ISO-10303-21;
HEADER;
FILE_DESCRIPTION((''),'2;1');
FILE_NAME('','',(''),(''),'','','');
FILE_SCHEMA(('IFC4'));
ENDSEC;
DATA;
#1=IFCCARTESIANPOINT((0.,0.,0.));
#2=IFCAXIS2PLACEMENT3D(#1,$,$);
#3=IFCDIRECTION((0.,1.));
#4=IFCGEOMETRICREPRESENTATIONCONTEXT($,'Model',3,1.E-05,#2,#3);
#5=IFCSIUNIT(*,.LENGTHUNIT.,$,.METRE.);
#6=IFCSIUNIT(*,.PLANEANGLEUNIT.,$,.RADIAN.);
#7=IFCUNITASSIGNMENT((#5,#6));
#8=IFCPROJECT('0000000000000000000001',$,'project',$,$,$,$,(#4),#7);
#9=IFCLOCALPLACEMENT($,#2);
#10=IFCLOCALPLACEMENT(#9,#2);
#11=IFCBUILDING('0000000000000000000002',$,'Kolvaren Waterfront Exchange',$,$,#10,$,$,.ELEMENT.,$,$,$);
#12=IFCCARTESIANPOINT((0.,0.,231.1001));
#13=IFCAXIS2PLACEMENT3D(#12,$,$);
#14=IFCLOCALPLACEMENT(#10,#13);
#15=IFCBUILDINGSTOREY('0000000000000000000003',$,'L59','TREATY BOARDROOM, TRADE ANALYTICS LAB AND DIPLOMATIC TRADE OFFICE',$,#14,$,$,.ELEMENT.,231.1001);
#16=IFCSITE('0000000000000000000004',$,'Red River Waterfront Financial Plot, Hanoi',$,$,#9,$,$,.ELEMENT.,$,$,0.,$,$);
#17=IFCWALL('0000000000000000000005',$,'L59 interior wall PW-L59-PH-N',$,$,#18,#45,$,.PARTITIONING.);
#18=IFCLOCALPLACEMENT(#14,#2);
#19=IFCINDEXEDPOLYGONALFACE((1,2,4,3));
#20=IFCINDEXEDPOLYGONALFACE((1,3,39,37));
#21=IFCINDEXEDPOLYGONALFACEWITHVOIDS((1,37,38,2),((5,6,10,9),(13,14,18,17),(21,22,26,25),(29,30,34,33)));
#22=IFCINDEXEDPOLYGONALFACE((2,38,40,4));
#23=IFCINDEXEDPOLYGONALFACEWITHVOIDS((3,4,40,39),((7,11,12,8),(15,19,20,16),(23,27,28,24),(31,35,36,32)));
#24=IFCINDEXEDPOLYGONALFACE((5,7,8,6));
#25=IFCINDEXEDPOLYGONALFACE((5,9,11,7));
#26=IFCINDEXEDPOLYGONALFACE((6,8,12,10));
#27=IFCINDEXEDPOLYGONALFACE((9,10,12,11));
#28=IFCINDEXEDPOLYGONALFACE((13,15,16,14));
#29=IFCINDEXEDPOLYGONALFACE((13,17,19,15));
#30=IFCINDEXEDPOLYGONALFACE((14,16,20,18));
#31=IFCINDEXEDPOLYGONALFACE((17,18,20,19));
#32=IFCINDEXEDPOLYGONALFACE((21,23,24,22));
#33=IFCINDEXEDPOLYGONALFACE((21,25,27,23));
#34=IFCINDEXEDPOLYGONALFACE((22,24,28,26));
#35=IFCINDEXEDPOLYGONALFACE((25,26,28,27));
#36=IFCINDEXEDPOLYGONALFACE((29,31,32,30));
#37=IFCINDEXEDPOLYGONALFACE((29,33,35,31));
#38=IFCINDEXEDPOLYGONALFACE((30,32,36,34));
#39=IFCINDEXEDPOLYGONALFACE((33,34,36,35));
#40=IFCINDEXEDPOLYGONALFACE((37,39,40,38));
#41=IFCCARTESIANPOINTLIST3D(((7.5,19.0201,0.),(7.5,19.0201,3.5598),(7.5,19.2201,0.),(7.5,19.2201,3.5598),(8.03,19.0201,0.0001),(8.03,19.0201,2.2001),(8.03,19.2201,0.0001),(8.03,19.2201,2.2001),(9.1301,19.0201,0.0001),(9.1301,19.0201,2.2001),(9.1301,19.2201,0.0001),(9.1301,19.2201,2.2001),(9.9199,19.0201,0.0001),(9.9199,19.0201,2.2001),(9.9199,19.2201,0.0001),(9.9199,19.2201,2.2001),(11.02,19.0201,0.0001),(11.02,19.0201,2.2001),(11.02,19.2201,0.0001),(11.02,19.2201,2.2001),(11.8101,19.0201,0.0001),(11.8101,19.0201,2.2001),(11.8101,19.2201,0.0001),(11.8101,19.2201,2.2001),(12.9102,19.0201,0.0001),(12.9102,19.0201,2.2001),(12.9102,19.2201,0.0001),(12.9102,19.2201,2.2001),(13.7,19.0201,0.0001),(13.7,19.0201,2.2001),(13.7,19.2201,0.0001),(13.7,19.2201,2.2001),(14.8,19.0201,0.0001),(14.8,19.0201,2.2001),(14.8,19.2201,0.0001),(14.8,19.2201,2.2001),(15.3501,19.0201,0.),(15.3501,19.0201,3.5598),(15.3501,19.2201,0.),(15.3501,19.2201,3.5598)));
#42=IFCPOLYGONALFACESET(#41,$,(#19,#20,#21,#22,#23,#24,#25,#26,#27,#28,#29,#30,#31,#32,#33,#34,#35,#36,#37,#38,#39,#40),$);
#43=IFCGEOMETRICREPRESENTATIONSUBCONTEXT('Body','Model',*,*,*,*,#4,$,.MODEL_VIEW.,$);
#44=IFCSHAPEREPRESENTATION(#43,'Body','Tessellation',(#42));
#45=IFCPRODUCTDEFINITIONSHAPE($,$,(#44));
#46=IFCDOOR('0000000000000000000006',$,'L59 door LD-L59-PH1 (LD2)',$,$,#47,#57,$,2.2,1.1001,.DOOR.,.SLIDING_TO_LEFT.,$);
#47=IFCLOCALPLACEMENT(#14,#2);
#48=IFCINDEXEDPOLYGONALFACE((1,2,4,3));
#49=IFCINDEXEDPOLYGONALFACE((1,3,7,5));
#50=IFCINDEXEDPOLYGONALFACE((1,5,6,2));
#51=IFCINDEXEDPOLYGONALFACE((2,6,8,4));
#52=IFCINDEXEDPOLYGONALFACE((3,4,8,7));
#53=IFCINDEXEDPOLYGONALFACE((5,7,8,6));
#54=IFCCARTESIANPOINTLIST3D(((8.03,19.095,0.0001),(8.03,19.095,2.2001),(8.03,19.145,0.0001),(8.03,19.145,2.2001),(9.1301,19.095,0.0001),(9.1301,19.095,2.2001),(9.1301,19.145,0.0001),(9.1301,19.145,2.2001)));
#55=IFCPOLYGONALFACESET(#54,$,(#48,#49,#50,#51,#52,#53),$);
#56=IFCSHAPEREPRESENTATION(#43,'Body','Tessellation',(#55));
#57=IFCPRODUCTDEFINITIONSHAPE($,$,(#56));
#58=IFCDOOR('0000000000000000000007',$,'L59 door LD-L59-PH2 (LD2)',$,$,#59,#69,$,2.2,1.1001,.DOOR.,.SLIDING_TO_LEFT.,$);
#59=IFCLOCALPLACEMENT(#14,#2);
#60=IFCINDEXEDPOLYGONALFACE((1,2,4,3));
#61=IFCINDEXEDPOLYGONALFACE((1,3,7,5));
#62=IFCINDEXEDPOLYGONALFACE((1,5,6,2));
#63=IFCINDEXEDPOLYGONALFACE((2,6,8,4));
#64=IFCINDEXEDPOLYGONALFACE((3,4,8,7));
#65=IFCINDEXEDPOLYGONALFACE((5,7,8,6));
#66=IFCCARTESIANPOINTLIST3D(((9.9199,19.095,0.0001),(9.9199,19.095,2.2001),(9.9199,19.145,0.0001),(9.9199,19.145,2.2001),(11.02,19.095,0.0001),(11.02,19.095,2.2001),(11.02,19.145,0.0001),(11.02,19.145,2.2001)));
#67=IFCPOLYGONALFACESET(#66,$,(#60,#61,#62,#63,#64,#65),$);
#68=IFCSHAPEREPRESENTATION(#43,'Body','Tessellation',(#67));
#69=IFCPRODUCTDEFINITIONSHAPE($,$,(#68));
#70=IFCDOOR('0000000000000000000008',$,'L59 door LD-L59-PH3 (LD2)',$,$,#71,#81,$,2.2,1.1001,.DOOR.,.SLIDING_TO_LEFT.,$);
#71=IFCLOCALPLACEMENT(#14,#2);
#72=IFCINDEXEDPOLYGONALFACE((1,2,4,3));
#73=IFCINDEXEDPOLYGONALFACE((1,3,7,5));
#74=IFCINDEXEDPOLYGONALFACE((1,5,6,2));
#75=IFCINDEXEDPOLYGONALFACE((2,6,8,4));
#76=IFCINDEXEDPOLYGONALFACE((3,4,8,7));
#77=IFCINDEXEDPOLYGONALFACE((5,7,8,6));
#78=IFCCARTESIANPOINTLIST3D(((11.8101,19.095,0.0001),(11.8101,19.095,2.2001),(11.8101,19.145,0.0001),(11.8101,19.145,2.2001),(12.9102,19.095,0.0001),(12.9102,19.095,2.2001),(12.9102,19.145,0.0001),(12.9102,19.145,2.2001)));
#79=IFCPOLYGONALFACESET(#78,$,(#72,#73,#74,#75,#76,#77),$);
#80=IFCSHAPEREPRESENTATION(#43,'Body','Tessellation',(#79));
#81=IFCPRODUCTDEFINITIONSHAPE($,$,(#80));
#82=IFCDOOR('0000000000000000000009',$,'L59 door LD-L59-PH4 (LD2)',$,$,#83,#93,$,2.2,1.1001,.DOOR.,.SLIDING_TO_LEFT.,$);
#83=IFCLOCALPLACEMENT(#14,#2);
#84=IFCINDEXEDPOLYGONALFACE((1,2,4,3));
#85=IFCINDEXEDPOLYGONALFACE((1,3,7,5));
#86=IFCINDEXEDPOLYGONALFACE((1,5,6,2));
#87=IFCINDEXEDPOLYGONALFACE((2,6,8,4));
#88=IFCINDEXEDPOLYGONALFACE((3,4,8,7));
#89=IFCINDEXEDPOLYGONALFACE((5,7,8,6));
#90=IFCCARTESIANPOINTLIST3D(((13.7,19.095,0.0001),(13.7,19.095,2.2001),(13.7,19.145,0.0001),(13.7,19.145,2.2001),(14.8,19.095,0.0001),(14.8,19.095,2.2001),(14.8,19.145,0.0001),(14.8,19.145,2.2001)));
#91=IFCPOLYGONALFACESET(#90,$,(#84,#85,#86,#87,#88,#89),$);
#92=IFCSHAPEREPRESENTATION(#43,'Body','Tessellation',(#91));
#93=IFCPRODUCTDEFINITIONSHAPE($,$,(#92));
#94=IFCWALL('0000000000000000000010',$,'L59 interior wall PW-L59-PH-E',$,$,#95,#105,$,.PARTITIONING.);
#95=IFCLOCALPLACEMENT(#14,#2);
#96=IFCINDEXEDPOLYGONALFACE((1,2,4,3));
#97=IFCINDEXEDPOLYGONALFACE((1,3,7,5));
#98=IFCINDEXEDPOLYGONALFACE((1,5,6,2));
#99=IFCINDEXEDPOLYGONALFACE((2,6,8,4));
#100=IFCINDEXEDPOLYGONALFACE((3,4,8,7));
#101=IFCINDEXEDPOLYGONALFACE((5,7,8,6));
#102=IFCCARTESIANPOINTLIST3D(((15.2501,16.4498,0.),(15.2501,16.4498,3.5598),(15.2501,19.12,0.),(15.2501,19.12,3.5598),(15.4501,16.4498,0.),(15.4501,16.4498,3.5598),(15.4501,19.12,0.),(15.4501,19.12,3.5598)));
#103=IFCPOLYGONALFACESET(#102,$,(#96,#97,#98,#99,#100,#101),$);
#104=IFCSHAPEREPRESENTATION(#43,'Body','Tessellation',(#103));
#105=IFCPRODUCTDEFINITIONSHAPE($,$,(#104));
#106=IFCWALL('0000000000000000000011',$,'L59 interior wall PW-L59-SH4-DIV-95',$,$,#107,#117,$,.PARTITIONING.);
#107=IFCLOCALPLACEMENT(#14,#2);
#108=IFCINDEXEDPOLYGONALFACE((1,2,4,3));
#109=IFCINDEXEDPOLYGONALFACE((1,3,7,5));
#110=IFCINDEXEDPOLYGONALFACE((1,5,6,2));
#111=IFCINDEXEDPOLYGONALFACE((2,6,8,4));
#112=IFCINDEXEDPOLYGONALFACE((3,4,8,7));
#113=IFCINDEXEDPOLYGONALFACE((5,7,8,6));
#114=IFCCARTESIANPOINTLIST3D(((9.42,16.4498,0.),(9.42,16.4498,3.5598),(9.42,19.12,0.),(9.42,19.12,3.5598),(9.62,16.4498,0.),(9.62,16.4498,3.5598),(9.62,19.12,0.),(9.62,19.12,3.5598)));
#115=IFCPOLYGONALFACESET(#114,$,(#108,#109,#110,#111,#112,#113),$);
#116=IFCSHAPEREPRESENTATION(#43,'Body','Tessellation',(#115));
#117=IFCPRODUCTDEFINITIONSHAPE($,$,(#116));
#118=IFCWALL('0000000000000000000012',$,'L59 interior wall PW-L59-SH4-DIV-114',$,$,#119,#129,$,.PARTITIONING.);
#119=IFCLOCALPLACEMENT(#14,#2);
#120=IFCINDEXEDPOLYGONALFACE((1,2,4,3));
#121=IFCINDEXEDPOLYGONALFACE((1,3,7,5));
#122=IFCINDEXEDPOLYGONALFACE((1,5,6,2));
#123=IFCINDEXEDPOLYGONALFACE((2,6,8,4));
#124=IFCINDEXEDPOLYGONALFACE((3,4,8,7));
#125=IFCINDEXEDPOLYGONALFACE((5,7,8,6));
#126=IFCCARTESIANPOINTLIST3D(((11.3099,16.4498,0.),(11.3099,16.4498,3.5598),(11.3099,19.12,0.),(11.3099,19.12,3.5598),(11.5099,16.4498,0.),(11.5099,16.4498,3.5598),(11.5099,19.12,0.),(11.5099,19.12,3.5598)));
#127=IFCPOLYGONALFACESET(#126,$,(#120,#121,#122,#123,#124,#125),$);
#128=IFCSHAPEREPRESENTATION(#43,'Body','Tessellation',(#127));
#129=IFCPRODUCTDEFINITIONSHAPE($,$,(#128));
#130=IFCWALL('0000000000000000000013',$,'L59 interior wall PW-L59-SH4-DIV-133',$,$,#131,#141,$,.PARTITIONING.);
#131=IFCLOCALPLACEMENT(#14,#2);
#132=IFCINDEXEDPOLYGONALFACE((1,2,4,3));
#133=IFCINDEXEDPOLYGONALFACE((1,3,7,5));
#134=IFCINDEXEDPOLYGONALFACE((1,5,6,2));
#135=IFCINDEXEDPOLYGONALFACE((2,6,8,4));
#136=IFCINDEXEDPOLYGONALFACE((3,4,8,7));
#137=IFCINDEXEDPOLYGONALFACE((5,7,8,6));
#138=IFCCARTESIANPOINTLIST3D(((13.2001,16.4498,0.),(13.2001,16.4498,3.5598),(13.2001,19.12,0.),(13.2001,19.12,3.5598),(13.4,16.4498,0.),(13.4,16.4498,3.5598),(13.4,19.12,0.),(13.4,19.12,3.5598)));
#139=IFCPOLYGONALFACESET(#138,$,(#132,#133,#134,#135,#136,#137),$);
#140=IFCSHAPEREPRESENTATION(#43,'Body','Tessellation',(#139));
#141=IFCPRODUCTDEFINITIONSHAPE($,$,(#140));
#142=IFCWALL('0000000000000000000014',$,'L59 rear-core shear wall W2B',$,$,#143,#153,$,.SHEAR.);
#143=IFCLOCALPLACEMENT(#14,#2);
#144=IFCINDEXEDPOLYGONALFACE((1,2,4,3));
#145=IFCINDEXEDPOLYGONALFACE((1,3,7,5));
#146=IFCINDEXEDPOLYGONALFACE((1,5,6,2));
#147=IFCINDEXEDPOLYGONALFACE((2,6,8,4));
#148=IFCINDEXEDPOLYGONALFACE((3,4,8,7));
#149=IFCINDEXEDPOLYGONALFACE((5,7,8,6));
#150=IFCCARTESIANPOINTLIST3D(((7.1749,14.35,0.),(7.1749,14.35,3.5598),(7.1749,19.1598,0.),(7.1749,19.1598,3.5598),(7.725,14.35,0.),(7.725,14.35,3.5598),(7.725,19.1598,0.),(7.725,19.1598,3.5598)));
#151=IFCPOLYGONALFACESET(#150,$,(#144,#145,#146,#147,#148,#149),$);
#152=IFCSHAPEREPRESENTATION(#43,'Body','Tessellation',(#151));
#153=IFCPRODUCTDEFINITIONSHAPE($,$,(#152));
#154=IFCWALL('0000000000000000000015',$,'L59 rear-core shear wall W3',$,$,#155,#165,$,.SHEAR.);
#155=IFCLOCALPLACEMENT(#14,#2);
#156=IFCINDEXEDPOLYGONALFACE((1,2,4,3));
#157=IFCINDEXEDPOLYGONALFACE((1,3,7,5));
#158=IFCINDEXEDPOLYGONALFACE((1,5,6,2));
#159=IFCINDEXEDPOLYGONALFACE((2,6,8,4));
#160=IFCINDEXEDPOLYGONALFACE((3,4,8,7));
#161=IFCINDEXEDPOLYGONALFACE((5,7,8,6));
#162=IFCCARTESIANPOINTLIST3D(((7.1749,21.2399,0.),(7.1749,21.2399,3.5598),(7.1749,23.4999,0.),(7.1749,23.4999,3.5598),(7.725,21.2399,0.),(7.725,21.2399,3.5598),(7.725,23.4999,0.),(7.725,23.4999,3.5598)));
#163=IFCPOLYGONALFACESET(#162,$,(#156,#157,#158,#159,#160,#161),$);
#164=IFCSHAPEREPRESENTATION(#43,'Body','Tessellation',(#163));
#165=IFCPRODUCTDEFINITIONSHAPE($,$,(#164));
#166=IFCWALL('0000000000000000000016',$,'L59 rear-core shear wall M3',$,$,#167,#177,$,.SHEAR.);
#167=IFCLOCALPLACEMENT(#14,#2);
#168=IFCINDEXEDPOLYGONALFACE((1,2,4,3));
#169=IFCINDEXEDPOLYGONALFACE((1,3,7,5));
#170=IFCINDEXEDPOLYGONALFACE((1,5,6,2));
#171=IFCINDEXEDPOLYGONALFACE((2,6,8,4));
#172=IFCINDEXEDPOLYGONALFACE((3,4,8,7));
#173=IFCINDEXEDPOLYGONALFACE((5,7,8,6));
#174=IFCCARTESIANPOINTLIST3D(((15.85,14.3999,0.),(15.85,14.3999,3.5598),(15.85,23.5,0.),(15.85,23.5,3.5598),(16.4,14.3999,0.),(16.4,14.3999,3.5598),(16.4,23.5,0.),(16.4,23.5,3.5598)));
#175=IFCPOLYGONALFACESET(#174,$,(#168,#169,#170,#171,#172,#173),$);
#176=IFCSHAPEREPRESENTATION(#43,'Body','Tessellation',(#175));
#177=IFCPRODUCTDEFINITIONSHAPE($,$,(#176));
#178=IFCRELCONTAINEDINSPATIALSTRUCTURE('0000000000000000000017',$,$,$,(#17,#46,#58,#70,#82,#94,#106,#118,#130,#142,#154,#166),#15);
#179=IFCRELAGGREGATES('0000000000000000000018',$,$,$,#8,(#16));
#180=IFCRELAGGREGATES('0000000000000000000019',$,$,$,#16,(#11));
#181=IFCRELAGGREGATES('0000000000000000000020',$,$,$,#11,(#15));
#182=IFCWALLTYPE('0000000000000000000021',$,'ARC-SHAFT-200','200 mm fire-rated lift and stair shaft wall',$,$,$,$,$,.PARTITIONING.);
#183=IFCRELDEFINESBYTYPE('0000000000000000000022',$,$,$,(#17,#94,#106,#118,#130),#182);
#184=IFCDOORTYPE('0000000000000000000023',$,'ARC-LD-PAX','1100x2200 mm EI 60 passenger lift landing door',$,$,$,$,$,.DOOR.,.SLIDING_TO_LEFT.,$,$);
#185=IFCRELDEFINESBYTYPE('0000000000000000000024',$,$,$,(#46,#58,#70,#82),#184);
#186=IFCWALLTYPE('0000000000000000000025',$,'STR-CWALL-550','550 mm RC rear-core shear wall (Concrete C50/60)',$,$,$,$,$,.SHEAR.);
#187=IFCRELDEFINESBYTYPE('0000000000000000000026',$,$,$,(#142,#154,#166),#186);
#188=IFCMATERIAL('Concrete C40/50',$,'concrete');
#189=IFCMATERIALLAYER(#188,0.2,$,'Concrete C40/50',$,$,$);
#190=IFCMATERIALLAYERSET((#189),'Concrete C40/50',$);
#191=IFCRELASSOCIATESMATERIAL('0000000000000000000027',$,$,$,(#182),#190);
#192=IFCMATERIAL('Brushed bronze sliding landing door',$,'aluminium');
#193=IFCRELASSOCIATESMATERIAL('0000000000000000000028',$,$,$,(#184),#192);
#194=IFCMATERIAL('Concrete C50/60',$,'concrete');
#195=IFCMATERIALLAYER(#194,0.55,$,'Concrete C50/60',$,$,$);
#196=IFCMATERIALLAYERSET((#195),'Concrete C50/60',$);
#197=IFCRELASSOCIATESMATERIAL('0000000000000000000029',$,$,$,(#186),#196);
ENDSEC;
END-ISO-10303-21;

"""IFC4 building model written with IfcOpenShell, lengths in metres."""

from ifc_helpers import new_model, si_unit, direction, frame, frame_2d, origin, place, context, subcontext, project, spatial, rectangle, extrude, material, layer, layer_set, type_object, element, fill, save


model = new_model("IFC4")

# Units and contexts
model_context = context("Model", 3, precision=1e-05, world=origin(), true_north=direction((0.0, 1.0)))
body_context = subcontext(model_context, "Body", "Model", "MODEL_VIEW")
ifc_project = project(units=[si_unit("LENGTHUNIT", "METRE"), si_unit("PLANEANGLEUNIT", "RADIAN")], contexts=[model_context])

# Site, building, storey
site_placement = place(None, origin())
site = spatial("IfcSite", under=ifc_project, at=site_placement, Name="Red River Waterfront Financial Plot, Hanoi", CompositionType="ELEMENT", RefElevation=0.0)
building_placement = place(site_placement, origin())
building = spatial("IfcBuilding", under=site, at=building_placement, Name="Kolvaren Waterfront Exchange", CompositionType="ELEMENT")
storey_placement = place(building_placement, frame((0.0, 0.0, 231.1001)))
storey = spatial("IfcBuildingStorey", under=building, at=storey_placement, Name="L59", Description="TREATY BOARDROOM, TRADE ANALYTICS LAB AND DIPLOMATIC TRADE OFFICE", CompositionType="ELEMENT", Elevation=231.1001)

# Shared definitions
ifc_material_1 = material(Name="Concrete C40/50", Category="concrete")
ifc_layer_1 = layer(ifc_material_1, 0.2, Name="Concrete C40/50")
ifc_layer_set_1 = layer_set([ifc_layer_1], Name="Concrete C40/50")
wall_type_1 = type_object("IfcWallType", Name="ARC-SHAFT-200", Description="200 mm fire-rated lift and stair shaft wall", PredefinedType="PARTITIONING", material=ifc_layer_set_1)

# Wall, openings, doors
wall_1_placement = place(storey_placement, frame((7.5, 19.1201, 0.0), z_axis=(0.0, 0.0, 1.0), x_axis=(1.0, 0.0, 0.0)))
wall_1 = element("IfcWall", 1, at=wall_1_placement, inside=storey, type_object=wall_type_1, Name="L59 interior wall PW-L59-PH-N", PredefinedType="PARTITIONING", context=body_context, shape_type="SweptSolid", body=[
    extrude(rectangle(XDim=7.8501, YDim=0.2, at=frame_2d((3.925, 0.0))), origin(), (0.0, 0.0, 1.0), 3.5598),
])
opening_1_placement = place(wall_1_placement, frame((0.53, 0.0, 0.0)))
opening_1 = element("IfcOpeningElement", 2, at=opening_1_placement, cuts=wall_1, PredefinedType="OPENING", context=body_context, shape_type="SweptSolid", body=[
    extrude(rectangle(XDim=1.1001, YDim=2.2, at=frame_2d((0.55, 1.1001))), frame((0.0, 0.1099, 0.0), z_axis=(0.0, -1.0, 0.0), x_axis=(1.0, 0.0, 0.0)), (0.0, 0.0, 1.0), 0.22),
])
opening_2_placement = place(wall_1_placement, frame((2.4199, 0.0, 0.0)))
opening_2 = element("IfcOpeningElement", 3, at=opening_2_placement, cuts=wall_1, PredefinedType="OPENING", context=body_context, shape_type="SweptSolid", body=[
    extrude(rectangle(XDim=1.1001, YDim=2.2, at=frame_2d((0.55, 1.1001))), frame((0.0, 0.1099, 0.0), z_axis=(0.0, -1.0, 0.0), x_axis=(1.0, 0.0, 0.0)), (0.0, 0.0, 1.0), 0.22),
])
opening_3_placement = place(wall_1_placement, frame((4.3101, 0.0, 0.0)))
opening_3 = element("IfcOpeningElement", 4, at=opening_3_placement, cuts=wall_1, PredefinedType="OPENING", context=body_context, shape_type="SweptSolid", body=[
    extrude(rectangle(XDim=1.1001, YDim=2.2, at=frame_2d((0.55, 1.1001))), frame((0.0, 0.1099, 0.0), z_axis=(0.0, -1.0, 0.0), x_axis=(1.0, 0.0, 0.0)), (0.0, 0.0, 1.0), 0.22),
])
opening_4_placement = place(wall_1_placement, frame((6.2, 0.0, 0.0)))
opening_4 = element("IfcOpeningElement", 5, at=opening_4_placement, cuts=wall_1, PredefinedType="OPENING", context=body_context, shape_type="SweptSolid", body=[
    extrude(rectangle(XDim=1.1001, YDim=2.2, at=frame_2d((0.55, 1.1001))), frame((0.0, 0.1099, 0.0), z_axis=(0.0, -1.0, 0.0), x_axis=(1.0, 0.0, 0.0)), (0.0, 0.0, 1.0), 0.22),
])
ifc_material_2 = material(Name="Brushed bronze sliding landing door", Category="aluminium")
door_type_1 = type_object("IfcDoorType", Name="ARC-LD-PAX", Description="1100x2200 mm EI 60 passenger lift landing door", OperationType="SLIDING_TO_LEFT", PredefinedType="DOOR", material=ifc_material_2)
door_1_placement = place(opening_1_placement, origin())
door_1 = element("IfcDoor", 6, at=door_1_placement, inside=storey, type_object=door_type_1, Name="L59 door LD-L59-PH1 (LD2)", OperationType="SLIDING_TO_LEFT", OverallHeight=2.2, OverallWidth=1.1001, PredefinedType="DOOR", context=body_context, shape_type="SweptSolid", body=[
    extrude(rectangle(XDim=1.1001, YDim=2.2, at=frame_2d((0.55, 1.1001))), frame((0.0, 0.0249, 0.0), z_axis=(0.0, -1.0, 0.0), x_axis=(1.0, 0.0, 0.0)), (0.0, 0.0, 1.0), 0.05),
])
fill(opening_1, door_1)
door_2_placement = place(opening_2_placement, origin())
door_2 = element("IfcDoor", 7, at=door_2_placement, inside=storey, type_object=door_type_1, Name="L59 door LD-L59-PH2 (LD2)", OperationType="SLIDING_TO_LEFT", OverallHeight=2.2, OverallWidth=1.1001, PredefinedType="DOOR", context=body_context, shape_type="SweptSolid", body=[
    extrude(rectangle(XDim=1.1001, YDim=2.2, at=frame_2d((0.55, 1.1001))), frame((0.0, 0.0249, 0.0), z_axis=(0.0, -1.0, 0.0), x_axis=(1.0, 0.0, 0.0)), (0.0, 0.0, 1.0), 0.05),
])
fill(opening_2, door_2)
door_3_placement = place(opening_3_placement, origin())
door_3 = element("IfcDoor", 8, at=door_3_placement, inside=storey, type_object=door_type_1, Name="L59 door LD-L59-PH3 (LD2)", OperationType="SLIDING_TO_LEFT", OverallHeight=2.2, OverallWidth=1.1001, PredefinedType="DOOR", context=body_context, shape_type="SweptSolid", body=[
    extrude(rectangle(XDim=1.1001, YDim=2.2, at=frame_2d((0.55, 1.1001))), frame((0.0, 0.0249, 0.0), z_axis=(0.0, -1.0, 0.0), x_axis=(1.0, 0.0, 0.0)), (0.0, 0.0, 1.0), 0.05),
])
fill(opening_3, door_3)
door_4_placement = place(opening_4_placement, origin())
door_4 = element("IfcDoor", 9, at=door_4_placement, inside=storey, type_object=door_type_1, Name="L59 door LD-L59-PH4 (LD2)", OperationType="SLIDING_TO_LEFT", OverallHeight=2.2, OverallWidth=1.1001, PredefinedType="DOOR", context=body_context, shape_type="SweptSolid", body=[
    extrude(rectangle(XDim=1.1001, YDim=2.2, at=frame_2d((0.55, 1.1001))), frame((0.0, 0.0249, 0.0), z_axis=(0.0, -1.0, 0.0), x_axis=(1.0, 0.0, 0.0)), (0.0, 0.0, 1.0), 0.05),
])
fill(opening_4, door_4)

# Walls
for number, where, z_axis, x_axis, name in (
    (10, (15.3501, 16.45, 0.0), (0.0, 0.0, 1.0), (0.0, 1.0, 0.0), "L59 interior wall PW-L59-PH-E"),
    (11, (9.52, 16.45, 0.0), (0.0, 0.0, 1.0), (0.0, 1.0, 0.0), "L59 interior wall PW-L59-SH4-DIV-95"),
    (12, (11.4099, 16.45, 0.0), (0.0, 0.0, 1.0), (0.0, 1.0, 0.0), "L59 interior wall PW-L59-SH4-DIV-114"),
    (13, (13.3, 16.45, 0.0), (0.0, 0.0, 1.0), (0.0, 1.0, 0.0), "L59 interior wall PW-L59-SH4-DIV-133"),
):
    element("IfcWall", number, at=place(storey_placement, frame(where, z_axis=z_axis, x_axis=x_axis)), inside=storey, type_object=wall_type_1, Name=name, PredefinedType="PARTITIONING", context=body_context, shape_type="SweptSolid", body=[
        extrude(rectangle(XDim=2.6702, YDim=0.2, at=frame_2d((1.335, 0.0))), origin(), (0.0, 0.0, 1.0), 3.5598),
    ])
ifc_material_3 = material(Name="Concrete C50/60", Category="concrete")
ifc_layer_2 = layer(ifc_material_3, 0.55, Name="Concrete C50/60")
ifc_layer_set_2 = layer_set([ifc_layer_2], Name="Concrete C50/60")
wall_type_2 = type_object("IfcWallType", Name="STR-CWALL-550", Description="550 mm RC rear-core shear wall (Concrete C50/60)", PredefinedType="SHEAR", material=ifc_layer_set_2)
wall_2_placement = place(storey_placement, frame((7.45, 14.3501, 0.0), z_axis=(0.0, 0.0, 1.0), x_axis=(0.0, 1.0, 0.0)))
element("IfcWall", 14, at=wall_2_placement, inside=storey, type_object=wall_type_2, Name="L59 rear-core shear wall W2B", PredefinedType="SHEAR", context=body_context, shape_type="SweptSolid", body=[
    extrude(rectangle(XDim=4.8098, YDim=0.55, at=frame_2d((2.4048, 0.0))), origin(), (0.0, 0.0, 1.0), 3.5598),
])
wall_3_placement = place(storey_placement, frame((7.45, 21.24, 0.0), z_axis=(0.0, 0.0, 1.0), x_axis=(0.0, 1.0, 0.0)))
element("IfcWall", 15, at=wall_3_placement, inside=storey, type_object=wall_type_2, Name="L59 rear-core shear wall W3", PredefinedType="SHEAR", context=body_context, shape_type="SweptSolid", body=[
    extrude(rectangle(XDim=2.26, YDim=0.55, at=frame_2d((1.1299, 0.0))), origin(), (0.0, 0.0, 1.0), 3.5598),
])
wall_4_placement = place(storey_placement, frame((16.125, 14.3999, 0.0), z_axis=(0.0, 0.0, 1.0), x_axis=(0.0, 1.0, 0.0)))
element("IfcWall", 16, at=wall_4_placement, inside=storey, type_object=wall_type_2, Name="L59 rear-core shear wall M3", PredefinedType="SHEAR", context=body_context, shape_type="SweptSolid", body=[
    extrude(rectangle(XDim=9.1001, YDim=0.55, at=frame_2d((4.55, 0.0))), origin(), (0.0, 0.0, 1.0), 3.5598),
])

save(model, "model.ifc")
